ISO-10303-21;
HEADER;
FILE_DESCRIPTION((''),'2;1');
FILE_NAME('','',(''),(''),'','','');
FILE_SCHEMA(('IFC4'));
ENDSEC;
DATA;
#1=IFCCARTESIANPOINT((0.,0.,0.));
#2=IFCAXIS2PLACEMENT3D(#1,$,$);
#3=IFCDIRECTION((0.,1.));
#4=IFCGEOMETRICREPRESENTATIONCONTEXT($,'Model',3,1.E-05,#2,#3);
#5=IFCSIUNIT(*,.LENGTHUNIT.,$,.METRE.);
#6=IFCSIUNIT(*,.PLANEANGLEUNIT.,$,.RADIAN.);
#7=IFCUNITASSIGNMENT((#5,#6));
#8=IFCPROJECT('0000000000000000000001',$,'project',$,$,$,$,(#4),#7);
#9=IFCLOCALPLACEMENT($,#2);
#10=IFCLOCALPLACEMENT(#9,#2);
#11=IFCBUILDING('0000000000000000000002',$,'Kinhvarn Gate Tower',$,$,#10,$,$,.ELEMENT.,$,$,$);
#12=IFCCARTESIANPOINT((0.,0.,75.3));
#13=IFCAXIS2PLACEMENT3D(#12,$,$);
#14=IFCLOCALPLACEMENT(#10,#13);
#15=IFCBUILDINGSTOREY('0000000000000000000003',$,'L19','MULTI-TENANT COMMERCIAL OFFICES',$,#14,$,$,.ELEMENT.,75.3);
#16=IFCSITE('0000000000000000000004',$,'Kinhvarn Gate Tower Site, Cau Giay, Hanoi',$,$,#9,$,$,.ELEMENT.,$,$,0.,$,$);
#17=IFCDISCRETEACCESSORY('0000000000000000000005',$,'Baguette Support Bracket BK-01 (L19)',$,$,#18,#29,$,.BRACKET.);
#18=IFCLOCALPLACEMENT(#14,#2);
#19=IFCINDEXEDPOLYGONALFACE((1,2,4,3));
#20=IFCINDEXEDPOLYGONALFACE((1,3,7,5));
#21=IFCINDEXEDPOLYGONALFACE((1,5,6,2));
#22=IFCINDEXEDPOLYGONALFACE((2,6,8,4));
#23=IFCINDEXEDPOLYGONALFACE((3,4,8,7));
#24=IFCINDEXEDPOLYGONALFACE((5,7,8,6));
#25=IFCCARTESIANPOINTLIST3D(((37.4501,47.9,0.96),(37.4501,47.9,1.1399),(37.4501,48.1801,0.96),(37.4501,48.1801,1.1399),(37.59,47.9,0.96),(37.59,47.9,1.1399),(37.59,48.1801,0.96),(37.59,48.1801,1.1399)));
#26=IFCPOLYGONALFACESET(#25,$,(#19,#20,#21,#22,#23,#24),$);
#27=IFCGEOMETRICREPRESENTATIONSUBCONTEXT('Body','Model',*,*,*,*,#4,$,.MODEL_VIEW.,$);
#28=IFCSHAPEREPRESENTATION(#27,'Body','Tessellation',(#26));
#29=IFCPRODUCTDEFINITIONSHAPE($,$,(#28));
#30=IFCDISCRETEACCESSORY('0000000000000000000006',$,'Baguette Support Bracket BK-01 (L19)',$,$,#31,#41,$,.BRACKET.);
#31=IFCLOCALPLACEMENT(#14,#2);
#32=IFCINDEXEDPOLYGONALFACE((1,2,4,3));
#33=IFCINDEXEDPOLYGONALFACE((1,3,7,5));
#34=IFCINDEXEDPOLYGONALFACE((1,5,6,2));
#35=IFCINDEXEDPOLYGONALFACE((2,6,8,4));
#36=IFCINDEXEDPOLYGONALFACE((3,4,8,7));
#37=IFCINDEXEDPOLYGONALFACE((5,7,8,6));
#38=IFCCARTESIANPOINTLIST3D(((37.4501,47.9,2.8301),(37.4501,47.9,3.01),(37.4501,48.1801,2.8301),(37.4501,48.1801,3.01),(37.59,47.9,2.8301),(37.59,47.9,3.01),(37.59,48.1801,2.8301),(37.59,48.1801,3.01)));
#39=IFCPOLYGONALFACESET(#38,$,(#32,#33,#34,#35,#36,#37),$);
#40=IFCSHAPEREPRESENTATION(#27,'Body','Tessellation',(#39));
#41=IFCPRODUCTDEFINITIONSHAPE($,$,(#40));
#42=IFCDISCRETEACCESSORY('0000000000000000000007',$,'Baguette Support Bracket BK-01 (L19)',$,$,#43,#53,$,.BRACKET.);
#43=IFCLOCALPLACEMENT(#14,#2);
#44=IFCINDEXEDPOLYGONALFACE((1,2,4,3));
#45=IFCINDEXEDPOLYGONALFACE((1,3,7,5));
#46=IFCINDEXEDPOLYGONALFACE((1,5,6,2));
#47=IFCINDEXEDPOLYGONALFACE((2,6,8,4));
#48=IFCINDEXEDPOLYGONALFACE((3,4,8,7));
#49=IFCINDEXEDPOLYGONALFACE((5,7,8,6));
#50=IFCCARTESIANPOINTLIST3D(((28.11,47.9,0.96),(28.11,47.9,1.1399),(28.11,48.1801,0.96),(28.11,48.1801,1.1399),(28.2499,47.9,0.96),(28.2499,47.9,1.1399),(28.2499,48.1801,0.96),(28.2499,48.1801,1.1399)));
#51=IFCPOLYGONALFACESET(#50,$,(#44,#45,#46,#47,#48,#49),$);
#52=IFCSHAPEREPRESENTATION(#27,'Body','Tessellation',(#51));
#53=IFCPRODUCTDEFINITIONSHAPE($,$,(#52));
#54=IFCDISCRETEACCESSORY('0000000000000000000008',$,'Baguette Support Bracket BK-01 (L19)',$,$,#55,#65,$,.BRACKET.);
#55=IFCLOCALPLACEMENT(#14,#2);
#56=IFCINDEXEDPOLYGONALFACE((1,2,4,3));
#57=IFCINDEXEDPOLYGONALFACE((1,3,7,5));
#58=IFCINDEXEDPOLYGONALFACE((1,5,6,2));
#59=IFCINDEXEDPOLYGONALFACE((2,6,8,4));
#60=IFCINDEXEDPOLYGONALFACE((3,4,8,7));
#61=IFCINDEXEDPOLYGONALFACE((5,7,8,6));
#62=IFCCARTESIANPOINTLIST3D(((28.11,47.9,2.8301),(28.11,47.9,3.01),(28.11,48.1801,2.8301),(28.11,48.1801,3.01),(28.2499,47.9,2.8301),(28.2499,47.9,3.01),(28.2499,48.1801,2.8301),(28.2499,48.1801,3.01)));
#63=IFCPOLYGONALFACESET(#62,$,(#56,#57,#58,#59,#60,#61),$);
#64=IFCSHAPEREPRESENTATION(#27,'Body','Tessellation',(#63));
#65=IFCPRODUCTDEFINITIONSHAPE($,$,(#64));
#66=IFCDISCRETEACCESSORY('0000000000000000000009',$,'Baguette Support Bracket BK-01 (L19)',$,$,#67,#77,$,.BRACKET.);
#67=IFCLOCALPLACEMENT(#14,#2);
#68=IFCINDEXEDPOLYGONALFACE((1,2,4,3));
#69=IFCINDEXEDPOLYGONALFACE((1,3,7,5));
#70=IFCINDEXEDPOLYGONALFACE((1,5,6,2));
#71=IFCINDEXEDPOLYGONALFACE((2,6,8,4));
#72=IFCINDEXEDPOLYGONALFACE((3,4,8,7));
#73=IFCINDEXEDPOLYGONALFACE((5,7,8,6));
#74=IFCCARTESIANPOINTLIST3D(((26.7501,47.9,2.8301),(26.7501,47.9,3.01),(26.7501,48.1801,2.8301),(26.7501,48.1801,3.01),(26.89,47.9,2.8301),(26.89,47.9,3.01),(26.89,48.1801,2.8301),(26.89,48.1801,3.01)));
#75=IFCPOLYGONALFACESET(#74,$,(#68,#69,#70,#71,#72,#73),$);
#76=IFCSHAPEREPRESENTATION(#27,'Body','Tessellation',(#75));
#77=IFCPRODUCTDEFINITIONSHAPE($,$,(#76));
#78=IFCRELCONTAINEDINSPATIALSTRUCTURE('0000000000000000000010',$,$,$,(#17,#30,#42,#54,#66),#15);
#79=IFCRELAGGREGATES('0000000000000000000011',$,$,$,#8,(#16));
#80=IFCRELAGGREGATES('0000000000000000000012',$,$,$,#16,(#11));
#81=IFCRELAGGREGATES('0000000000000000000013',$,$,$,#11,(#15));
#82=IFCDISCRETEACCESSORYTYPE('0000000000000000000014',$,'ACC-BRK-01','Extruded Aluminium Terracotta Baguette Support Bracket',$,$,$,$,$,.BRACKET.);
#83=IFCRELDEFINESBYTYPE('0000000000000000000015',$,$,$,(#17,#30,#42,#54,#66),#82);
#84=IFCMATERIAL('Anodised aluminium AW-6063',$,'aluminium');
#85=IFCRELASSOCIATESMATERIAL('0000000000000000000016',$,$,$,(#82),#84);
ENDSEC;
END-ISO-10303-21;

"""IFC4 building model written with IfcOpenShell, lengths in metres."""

from ifc_helpers import new_model, si_unit, direction, frame, origin, origin_2d, place, context, subcontext, project, spatial, rectangle, extrude, material, type_object, element, save


model = new_model("IFC4")

# Units and contexts
model_context = context("Model", 3, precision=1e-05, world=origin(), true_north=direction((0.0, 1.0)))
body_context = subcontext(model_context, "Body", "Model", "MODEL_VIEW")
ifc_project = project(units=[si_unit("LENGTHUNIT", "METRE"), si_unit("PLANEANGLEUNIT", "RADIAN")], contexts=[model_context])

# Site, building, storey
site_placement = place(None, origin())
site = spatial("IfcSite", under=ifc_project, at=site_placement, Name="Kinhvarn Gate Tower Site, Cau Giay, Hanoi", CompositionType="ELEMENT", RefElevation=0.0)
building_placement = place(site_placement, origin())
building = spatial("IfcBuilding", under=site, at=building_placement, Name="Kinhvarn Gate Tower", CompositionType="ELEMENT")
storey_placement = place(building_placement, frame((0.0, 0.0, 75.3)))
storey = spatial("IfcBuildingStorey", under=building, at=storey_placement, Name="L19", Description="MULTI-TENANT COMMERCIAL OFFICES", CompositionType="ELEMENT", Elevation=75.3)

# Shared definitions
ifc_material_1 = material(Name="Anodised aluminium AW-6063", Category="aluminium")

# Discrete accessories
discrete_accessory_type = type_object("IfcDiscreteAccessoryType", Name="ACC-BRK-01", Description="Extruded Aluminium Terracotta Baguette Support Bracket", PredefinedType="BRACKET", material=ifc_material_1)
for number, where, z_axis, x_axis, name in (
    (1, (37.52, 48.04, 0.96), (0.0, 0.0, 1.0), (-1.0, 0.0, 0.0), "Baguette Support Bracket BK-01 (L19)"),
    (2, (37.52, 48.04, 2.8301), (0.0, 0.0, 1.0), (-1.0, 0.0, 0.0), "Baguette Support Bracket BK-01 (L19)"),
    (3, (28.1799, 48.04, 0.96), (0.0, 0.0, 1.0), (-1.0, 0.0, 0.0), "Baguette Support Bracket BK-01 (L19)"),
    (4, (28.1799, 48.04, 2.8301), (0.0, 0.0, 1.0), (-1.0, 0.0, 0.0), "Baguette Support Bracket BK-01 (L19)"),
    (5, (26.8201, 48.04, 2.8301), (0.0, 0.0, 1.0), (-1.0, 0.0, 0.0), "Baguette Support Bracket BK-01 (L19)"),
):
    element("IfcDiscreteAccessory", number, at=place(storey_placement, frame(where, z_axis=z_axis, x_axis=x_axis)), inside=storey, type_object=discrete_accessory_type, Name=name, PredefinedType="BRACKET", context=body_context, shape_type="SweptSolid", body=[
        extrude(rectangle(XDim=0.1399, YDim=0.28, at=origin_2d()), origin(), (0.0, 0.0, 1.0), 0.1799),
    ])

save(model, "model.ifc")
